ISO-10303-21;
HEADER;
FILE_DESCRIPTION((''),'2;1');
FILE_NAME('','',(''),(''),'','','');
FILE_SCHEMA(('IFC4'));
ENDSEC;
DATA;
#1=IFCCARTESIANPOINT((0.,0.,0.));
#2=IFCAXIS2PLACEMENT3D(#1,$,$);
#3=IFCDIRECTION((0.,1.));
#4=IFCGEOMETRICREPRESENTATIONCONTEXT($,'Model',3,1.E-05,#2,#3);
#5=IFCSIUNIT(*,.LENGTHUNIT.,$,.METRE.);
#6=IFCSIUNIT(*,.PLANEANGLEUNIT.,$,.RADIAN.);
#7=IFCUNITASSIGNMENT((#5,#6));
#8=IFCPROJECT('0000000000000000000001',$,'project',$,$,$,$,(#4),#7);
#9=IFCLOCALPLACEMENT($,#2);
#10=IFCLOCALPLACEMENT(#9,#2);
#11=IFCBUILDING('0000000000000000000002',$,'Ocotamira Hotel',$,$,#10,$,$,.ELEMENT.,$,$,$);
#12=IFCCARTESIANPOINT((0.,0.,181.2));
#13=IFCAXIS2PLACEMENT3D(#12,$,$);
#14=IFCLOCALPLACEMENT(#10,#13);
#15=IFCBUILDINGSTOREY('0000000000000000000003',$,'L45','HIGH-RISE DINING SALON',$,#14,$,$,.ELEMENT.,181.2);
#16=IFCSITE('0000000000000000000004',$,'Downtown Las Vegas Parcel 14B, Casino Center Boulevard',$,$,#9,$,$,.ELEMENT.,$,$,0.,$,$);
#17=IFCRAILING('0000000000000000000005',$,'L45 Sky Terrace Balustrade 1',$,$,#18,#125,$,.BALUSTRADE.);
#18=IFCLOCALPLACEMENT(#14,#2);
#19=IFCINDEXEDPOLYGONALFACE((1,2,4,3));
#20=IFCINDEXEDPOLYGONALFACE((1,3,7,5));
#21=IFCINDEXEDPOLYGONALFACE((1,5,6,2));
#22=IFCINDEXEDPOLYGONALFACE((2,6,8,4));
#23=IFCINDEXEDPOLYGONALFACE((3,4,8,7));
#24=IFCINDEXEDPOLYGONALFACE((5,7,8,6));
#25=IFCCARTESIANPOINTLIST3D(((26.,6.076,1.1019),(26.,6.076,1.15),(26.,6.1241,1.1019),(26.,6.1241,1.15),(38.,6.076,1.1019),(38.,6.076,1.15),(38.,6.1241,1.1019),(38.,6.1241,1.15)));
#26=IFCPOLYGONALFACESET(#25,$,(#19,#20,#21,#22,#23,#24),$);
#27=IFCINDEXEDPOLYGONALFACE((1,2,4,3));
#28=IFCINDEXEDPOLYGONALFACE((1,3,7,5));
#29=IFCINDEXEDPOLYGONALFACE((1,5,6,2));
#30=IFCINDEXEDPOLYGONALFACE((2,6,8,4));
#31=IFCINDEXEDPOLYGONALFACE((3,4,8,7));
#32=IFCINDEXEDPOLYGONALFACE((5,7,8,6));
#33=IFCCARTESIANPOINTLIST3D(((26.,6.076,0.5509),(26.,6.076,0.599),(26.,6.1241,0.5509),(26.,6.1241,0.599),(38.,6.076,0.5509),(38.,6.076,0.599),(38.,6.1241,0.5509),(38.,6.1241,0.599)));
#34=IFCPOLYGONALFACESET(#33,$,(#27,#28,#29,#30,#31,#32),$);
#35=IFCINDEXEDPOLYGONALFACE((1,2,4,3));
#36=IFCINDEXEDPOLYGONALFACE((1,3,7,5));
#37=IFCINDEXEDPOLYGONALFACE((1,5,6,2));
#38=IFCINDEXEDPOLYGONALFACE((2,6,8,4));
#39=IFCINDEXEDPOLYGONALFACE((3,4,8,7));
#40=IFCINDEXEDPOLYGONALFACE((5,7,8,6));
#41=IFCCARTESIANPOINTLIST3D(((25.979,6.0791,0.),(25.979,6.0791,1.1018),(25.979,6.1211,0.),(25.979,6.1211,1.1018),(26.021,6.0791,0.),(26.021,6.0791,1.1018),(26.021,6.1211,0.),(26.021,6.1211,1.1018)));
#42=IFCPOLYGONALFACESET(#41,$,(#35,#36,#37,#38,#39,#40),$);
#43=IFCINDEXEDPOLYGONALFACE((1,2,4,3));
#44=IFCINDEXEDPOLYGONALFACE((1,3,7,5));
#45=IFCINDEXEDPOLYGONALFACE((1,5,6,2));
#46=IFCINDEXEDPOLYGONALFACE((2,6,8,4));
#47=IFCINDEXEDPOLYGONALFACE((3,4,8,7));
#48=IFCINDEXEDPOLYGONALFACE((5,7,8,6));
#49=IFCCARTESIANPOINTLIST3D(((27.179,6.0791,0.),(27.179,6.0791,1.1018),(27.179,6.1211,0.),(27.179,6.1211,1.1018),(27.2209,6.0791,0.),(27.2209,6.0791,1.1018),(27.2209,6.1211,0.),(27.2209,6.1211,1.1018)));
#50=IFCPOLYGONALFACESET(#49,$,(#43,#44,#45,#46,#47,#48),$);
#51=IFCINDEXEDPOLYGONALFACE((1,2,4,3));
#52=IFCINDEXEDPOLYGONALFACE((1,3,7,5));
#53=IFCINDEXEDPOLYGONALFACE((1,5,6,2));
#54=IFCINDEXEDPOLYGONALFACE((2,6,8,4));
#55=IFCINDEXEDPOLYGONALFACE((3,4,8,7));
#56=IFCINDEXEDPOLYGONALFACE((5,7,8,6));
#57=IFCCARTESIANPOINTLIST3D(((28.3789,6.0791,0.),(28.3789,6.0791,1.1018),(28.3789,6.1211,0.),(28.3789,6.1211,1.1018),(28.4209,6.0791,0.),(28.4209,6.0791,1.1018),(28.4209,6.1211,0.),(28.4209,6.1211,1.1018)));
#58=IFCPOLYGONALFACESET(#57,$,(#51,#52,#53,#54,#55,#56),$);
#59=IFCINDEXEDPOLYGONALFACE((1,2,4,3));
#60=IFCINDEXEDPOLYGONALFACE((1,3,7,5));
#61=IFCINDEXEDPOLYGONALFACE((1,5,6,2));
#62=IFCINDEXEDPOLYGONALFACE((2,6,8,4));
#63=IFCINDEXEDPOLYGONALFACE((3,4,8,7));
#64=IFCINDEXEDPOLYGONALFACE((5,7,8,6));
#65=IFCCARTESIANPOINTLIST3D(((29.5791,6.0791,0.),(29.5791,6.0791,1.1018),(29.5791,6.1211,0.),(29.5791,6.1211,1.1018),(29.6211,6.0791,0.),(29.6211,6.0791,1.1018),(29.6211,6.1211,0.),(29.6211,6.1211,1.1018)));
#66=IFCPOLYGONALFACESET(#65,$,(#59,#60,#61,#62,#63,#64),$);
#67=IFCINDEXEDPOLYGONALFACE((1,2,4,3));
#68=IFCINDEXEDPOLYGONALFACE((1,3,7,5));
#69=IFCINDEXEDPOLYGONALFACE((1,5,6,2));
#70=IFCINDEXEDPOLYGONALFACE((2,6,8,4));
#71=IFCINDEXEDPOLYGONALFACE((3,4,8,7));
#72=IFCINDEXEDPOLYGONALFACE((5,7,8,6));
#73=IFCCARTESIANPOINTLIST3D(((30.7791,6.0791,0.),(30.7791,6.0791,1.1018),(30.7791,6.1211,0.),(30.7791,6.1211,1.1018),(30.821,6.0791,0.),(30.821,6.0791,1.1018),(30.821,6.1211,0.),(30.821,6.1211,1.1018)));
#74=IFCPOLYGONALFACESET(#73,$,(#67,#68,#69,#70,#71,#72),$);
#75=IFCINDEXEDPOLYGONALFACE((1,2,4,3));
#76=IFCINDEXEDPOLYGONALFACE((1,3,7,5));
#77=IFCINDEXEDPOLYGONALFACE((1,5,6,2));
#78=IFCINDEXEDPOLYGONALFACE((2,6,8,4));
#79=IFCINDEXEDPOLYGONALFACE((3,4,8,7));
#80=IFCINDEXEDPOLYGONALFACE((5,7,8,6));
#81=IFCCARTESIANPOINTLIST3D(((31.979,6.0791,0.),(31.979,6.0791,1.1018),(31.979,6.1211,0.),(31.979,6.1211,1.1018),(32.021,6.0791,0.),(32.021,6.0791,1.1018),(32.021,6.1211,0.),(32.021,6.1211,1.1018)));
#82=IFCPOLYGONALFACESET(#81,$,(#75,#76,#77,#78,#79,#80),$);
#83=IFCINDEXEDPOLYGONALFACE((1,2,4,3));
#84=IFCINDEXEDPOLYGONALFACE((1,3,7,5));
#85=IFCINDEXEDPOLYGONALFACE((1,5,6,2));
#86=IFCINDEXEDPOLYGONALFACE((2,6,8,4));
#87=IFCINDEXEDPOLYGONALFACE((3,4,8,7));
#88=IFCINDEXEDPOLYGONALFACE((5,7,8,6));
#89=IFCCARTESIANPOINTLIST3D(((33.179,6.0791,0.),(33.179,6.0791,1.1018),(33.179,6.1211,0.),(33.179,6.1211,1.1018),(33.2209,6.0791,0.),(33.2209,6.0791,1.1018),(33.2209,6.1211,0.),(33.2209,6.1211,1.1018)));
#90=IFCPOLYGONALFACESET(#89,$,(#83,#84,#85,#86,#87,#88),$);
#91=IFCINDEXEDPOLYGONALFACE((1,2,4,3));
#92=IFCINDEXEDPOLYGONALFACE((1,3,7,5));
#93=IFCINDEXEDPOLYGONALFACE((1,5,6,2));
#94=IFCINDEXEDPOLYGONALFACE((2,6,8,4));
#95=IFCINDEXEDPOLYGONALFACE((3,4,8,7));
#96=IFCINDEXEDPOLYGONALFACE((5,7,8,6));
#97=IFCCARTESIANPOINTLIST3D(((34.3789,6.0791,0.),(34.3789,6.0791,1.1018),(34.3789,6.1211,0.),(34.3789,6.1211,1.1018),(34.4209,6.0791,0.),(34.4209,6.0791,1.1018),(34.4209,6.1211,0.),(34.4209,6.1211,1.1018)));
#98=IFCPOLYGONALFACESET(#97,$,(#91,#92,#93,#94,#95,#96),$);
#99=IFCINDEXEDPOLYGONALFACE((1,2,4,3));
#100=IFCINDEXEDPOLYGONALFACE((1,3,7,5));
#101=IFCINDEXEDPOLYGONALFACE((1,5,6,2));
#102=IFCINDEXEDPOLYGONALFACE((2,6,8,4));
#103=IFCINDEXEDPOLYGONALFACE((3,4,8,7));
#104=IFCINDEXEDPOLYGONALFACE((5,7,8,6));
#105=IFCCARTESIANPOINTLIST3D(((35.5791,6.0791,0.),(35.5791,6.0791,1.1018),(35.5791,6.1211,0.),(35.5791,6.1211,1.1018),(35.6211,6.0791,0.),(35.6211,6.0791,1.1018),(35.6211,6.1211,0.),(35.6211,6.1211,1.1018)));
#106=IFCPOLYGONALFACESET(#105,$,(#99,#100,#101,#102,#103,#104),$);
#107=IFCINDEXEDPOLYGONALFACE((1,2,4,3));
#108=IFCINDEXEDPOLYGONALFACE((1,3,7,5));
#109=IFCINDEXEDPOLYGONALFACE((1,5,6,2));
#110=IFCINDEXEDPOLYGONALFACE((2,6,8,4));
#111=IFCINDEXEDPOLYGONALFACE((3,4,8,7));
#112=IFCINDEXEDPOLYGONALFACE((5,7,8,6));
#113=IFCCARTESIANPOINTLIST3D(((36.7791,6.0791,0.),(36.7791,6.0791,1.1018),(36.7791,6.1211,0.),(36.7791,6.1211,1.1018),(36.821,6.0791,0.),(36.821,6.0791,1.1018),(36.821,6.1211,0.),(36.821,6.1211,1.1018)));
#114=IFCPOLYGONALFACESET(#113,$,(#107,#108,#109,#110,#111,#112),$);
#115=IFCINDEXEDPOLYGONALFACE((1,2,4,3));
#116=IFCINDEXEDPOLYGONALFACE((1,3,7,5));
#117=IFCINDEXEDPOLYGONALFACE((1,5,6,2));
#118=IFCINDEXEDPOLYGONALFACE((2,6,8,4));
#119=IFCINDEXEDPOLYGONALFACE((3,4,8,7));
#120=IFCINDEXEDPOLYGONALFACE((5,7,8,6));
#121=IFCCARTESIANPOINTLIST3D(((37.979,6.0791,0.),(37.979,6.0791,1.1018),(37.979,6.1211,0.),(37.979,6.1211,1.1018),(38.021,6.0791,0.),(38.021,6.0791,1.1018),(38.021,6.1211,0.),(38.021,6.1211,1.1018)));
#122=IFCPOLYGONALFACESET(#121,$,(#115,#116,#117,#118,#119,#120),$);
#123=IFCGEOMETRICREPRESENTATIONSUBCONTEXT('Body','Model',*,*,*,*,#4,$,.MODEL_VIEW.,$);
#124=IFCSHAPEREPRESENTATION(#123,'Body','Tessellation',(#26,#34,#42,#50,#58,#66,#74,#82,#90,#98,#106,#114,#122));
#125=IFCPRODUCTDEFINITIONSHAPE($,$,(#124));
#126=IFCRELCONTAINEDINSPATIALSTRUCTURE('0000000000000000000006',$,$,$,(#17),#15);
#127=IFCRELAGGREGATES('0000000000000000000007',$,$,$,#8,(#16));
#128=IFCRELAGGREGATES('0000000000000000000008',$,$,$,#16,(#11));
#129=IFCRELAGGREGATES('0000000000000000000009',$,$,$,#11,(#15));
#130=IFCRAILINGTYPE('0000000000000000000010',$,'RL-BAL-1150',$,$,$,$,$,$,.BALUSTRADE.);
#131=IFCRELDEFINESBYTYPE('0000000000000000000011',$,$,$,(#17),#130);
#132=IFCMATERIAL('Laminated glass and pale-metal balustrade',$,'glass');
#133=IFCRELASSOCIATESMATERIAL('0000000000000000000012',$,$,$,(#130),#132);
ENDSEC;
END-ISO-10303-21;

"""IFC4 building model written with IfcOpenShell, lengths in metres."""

from ifc_helpers import new_model, si_unit, direction, frame, origin, origin_2d, place, context, subcontext, project, spatial, rectangle, extrude, material, type_object, element, save


model = new_model("IFC4")

# Units and contexts
model_context = context("Model", 3, precision=1e-05, world=origin(), true_north=direction((0.0, 1.0)))
body_context = subcontext(model_context, "Body", "Model", "MODEL_VIEW")
ifc_project = project(units=[si_unit("LENGTHUNIT", "METRE"), si_unit("PLANEANGLEUNIT", "RADIAN")], contexts=[model_context])

# Site, building, storey
site_placement = place(None, origin())
site = spatial("IfcSite", under=ifc_project, at=site_placement, Name="Downtown Las Vegas Parcel 14B, Casino Center Boulevard", CompositionType="ELEMENT", RefElevation=0.0)
building_placement = place(site_placement, origin())
building = spatial("IfcBuilding", under=site, at=building_placement, Name="Ocotamira Hotel", CompositionType="ELEMENT")
storey_placement = place(building_placement, frame((0.0, 0.0, 181.2)))
storey = spatial("IfcBuildingStorey", under=building, at=storey_placement, Name="L45", Description="HIGH-RISE DINING SALON", CompositionType="ELEMENT", Elevation=181.2)

# Railing
ifc_material_1 = material(Name="Laminated glass and pale-metal balustrade", Category="glass")
railing_type_1 = type_object("IfcRailingType", Name="RL-BAL-1150", PredefinedType="BALUSTRADE", material=ifc_material_1)
railing_1_placement = place(storey_placement, frame((26.0, 6.1001, 0.0)))
element("IfcRailing", 1, at=railing_1_placement, inside=storey, type_object=railing_type_1, Name="L45 Sky Terrace Balustrade 1", PredefinedType="BALUSTRADE", context=body_context, shape_type="SweptSolid", body=[
    extrude(rectangle(XDim=0.0481, YDim=0.0481, at=origin_2d()), frame((0.0, 0.0, 1.126), z_axis=(1.0, 0.0, 0.0), x_axis=(0.0, 1.0, 0.0)), (0.0, 0.0, 1.0), 12.0),
    extrude(rectangle(XDim=0.0481, YDim=0.0481, at=origin_2d()), frame((0.0, 0.0, 0.575), z_axis=(1.0, 0.0, 0.0), x_axis=(0.0, 1.0, 0.0)), (0.0, 0.0, 1.0), 12.0),
    extrude(rectangle(XDim=0.042, YDim=0.042, at=origin_2d()), origin(), (0.0, 0.0, 1.0), 1.1018),
    extrude(rectangle(XDim=0.042, YDim=0.042, at=origin_2d()), frame((1.2, 0.0, 0.0)), (0.0, 0.0, 1.0), 1.1018),
    extrude(rectangle(XDim=0.042, YDim=0.042, at=origin_2d()), frame((2.3999, 0.0, 0.0)), (0.0, 0.0, 1.0), 1.1018),
    extrude(rectangle(XDim=0.042, YDim=0.042, at=origin_2d()), frame((3.6001, 0.0, 0.0)), (0.0, 0.0, 1.0), 1.1018),
    extrude(rectangle(XDim=0.042, YDim=0.042, at=origin_2d()), frame((4.8, 0.0, 0.0)), (0.0, 0.0, 1.0), 1.1018),
    extrude(rectangle(XDim=0.042, YDim=0.042, at=origin_2d()), frame((6.0, 0.0, 0.0)), (0.0, 0.0, 1.0), 1.1018),
    extrude(rectangle(XDim=0.042, YDim=0.042, at=origin_2d()), frame((7.2, 0.0, 0.0)), (0.0, 0.0, 1.0), 1.1018),
    extrude(rectangle(XDim=0.042, YDim=0.042, at=origin_2d()), frame((8.3999, 0.0, 0.0)), (0.0, 0.0, 1.0), 1.1018),
    extrude(rectangle(XDim=0.042, YDim=0.042, at=origin_2d()), frame((9.6001, 0.0, 0.0)), (0.0, 0.0, 1.0), 1.1018),
    extrude(rectangle(XDim=0.042, YDim=0.042, at=origin_2d()), frame((10.8, 0.0, 0.0)), (0.0, 0.0, 1.0), 1.1018),
    extrude(rectangle(XDim=0.042, YDim=0.042, at=origin_2d()), frame((12.0, 0.0, 0.0)), (0.0, 0.0, 1.0), 1.1018),
])

save(model, "model.ifc")
